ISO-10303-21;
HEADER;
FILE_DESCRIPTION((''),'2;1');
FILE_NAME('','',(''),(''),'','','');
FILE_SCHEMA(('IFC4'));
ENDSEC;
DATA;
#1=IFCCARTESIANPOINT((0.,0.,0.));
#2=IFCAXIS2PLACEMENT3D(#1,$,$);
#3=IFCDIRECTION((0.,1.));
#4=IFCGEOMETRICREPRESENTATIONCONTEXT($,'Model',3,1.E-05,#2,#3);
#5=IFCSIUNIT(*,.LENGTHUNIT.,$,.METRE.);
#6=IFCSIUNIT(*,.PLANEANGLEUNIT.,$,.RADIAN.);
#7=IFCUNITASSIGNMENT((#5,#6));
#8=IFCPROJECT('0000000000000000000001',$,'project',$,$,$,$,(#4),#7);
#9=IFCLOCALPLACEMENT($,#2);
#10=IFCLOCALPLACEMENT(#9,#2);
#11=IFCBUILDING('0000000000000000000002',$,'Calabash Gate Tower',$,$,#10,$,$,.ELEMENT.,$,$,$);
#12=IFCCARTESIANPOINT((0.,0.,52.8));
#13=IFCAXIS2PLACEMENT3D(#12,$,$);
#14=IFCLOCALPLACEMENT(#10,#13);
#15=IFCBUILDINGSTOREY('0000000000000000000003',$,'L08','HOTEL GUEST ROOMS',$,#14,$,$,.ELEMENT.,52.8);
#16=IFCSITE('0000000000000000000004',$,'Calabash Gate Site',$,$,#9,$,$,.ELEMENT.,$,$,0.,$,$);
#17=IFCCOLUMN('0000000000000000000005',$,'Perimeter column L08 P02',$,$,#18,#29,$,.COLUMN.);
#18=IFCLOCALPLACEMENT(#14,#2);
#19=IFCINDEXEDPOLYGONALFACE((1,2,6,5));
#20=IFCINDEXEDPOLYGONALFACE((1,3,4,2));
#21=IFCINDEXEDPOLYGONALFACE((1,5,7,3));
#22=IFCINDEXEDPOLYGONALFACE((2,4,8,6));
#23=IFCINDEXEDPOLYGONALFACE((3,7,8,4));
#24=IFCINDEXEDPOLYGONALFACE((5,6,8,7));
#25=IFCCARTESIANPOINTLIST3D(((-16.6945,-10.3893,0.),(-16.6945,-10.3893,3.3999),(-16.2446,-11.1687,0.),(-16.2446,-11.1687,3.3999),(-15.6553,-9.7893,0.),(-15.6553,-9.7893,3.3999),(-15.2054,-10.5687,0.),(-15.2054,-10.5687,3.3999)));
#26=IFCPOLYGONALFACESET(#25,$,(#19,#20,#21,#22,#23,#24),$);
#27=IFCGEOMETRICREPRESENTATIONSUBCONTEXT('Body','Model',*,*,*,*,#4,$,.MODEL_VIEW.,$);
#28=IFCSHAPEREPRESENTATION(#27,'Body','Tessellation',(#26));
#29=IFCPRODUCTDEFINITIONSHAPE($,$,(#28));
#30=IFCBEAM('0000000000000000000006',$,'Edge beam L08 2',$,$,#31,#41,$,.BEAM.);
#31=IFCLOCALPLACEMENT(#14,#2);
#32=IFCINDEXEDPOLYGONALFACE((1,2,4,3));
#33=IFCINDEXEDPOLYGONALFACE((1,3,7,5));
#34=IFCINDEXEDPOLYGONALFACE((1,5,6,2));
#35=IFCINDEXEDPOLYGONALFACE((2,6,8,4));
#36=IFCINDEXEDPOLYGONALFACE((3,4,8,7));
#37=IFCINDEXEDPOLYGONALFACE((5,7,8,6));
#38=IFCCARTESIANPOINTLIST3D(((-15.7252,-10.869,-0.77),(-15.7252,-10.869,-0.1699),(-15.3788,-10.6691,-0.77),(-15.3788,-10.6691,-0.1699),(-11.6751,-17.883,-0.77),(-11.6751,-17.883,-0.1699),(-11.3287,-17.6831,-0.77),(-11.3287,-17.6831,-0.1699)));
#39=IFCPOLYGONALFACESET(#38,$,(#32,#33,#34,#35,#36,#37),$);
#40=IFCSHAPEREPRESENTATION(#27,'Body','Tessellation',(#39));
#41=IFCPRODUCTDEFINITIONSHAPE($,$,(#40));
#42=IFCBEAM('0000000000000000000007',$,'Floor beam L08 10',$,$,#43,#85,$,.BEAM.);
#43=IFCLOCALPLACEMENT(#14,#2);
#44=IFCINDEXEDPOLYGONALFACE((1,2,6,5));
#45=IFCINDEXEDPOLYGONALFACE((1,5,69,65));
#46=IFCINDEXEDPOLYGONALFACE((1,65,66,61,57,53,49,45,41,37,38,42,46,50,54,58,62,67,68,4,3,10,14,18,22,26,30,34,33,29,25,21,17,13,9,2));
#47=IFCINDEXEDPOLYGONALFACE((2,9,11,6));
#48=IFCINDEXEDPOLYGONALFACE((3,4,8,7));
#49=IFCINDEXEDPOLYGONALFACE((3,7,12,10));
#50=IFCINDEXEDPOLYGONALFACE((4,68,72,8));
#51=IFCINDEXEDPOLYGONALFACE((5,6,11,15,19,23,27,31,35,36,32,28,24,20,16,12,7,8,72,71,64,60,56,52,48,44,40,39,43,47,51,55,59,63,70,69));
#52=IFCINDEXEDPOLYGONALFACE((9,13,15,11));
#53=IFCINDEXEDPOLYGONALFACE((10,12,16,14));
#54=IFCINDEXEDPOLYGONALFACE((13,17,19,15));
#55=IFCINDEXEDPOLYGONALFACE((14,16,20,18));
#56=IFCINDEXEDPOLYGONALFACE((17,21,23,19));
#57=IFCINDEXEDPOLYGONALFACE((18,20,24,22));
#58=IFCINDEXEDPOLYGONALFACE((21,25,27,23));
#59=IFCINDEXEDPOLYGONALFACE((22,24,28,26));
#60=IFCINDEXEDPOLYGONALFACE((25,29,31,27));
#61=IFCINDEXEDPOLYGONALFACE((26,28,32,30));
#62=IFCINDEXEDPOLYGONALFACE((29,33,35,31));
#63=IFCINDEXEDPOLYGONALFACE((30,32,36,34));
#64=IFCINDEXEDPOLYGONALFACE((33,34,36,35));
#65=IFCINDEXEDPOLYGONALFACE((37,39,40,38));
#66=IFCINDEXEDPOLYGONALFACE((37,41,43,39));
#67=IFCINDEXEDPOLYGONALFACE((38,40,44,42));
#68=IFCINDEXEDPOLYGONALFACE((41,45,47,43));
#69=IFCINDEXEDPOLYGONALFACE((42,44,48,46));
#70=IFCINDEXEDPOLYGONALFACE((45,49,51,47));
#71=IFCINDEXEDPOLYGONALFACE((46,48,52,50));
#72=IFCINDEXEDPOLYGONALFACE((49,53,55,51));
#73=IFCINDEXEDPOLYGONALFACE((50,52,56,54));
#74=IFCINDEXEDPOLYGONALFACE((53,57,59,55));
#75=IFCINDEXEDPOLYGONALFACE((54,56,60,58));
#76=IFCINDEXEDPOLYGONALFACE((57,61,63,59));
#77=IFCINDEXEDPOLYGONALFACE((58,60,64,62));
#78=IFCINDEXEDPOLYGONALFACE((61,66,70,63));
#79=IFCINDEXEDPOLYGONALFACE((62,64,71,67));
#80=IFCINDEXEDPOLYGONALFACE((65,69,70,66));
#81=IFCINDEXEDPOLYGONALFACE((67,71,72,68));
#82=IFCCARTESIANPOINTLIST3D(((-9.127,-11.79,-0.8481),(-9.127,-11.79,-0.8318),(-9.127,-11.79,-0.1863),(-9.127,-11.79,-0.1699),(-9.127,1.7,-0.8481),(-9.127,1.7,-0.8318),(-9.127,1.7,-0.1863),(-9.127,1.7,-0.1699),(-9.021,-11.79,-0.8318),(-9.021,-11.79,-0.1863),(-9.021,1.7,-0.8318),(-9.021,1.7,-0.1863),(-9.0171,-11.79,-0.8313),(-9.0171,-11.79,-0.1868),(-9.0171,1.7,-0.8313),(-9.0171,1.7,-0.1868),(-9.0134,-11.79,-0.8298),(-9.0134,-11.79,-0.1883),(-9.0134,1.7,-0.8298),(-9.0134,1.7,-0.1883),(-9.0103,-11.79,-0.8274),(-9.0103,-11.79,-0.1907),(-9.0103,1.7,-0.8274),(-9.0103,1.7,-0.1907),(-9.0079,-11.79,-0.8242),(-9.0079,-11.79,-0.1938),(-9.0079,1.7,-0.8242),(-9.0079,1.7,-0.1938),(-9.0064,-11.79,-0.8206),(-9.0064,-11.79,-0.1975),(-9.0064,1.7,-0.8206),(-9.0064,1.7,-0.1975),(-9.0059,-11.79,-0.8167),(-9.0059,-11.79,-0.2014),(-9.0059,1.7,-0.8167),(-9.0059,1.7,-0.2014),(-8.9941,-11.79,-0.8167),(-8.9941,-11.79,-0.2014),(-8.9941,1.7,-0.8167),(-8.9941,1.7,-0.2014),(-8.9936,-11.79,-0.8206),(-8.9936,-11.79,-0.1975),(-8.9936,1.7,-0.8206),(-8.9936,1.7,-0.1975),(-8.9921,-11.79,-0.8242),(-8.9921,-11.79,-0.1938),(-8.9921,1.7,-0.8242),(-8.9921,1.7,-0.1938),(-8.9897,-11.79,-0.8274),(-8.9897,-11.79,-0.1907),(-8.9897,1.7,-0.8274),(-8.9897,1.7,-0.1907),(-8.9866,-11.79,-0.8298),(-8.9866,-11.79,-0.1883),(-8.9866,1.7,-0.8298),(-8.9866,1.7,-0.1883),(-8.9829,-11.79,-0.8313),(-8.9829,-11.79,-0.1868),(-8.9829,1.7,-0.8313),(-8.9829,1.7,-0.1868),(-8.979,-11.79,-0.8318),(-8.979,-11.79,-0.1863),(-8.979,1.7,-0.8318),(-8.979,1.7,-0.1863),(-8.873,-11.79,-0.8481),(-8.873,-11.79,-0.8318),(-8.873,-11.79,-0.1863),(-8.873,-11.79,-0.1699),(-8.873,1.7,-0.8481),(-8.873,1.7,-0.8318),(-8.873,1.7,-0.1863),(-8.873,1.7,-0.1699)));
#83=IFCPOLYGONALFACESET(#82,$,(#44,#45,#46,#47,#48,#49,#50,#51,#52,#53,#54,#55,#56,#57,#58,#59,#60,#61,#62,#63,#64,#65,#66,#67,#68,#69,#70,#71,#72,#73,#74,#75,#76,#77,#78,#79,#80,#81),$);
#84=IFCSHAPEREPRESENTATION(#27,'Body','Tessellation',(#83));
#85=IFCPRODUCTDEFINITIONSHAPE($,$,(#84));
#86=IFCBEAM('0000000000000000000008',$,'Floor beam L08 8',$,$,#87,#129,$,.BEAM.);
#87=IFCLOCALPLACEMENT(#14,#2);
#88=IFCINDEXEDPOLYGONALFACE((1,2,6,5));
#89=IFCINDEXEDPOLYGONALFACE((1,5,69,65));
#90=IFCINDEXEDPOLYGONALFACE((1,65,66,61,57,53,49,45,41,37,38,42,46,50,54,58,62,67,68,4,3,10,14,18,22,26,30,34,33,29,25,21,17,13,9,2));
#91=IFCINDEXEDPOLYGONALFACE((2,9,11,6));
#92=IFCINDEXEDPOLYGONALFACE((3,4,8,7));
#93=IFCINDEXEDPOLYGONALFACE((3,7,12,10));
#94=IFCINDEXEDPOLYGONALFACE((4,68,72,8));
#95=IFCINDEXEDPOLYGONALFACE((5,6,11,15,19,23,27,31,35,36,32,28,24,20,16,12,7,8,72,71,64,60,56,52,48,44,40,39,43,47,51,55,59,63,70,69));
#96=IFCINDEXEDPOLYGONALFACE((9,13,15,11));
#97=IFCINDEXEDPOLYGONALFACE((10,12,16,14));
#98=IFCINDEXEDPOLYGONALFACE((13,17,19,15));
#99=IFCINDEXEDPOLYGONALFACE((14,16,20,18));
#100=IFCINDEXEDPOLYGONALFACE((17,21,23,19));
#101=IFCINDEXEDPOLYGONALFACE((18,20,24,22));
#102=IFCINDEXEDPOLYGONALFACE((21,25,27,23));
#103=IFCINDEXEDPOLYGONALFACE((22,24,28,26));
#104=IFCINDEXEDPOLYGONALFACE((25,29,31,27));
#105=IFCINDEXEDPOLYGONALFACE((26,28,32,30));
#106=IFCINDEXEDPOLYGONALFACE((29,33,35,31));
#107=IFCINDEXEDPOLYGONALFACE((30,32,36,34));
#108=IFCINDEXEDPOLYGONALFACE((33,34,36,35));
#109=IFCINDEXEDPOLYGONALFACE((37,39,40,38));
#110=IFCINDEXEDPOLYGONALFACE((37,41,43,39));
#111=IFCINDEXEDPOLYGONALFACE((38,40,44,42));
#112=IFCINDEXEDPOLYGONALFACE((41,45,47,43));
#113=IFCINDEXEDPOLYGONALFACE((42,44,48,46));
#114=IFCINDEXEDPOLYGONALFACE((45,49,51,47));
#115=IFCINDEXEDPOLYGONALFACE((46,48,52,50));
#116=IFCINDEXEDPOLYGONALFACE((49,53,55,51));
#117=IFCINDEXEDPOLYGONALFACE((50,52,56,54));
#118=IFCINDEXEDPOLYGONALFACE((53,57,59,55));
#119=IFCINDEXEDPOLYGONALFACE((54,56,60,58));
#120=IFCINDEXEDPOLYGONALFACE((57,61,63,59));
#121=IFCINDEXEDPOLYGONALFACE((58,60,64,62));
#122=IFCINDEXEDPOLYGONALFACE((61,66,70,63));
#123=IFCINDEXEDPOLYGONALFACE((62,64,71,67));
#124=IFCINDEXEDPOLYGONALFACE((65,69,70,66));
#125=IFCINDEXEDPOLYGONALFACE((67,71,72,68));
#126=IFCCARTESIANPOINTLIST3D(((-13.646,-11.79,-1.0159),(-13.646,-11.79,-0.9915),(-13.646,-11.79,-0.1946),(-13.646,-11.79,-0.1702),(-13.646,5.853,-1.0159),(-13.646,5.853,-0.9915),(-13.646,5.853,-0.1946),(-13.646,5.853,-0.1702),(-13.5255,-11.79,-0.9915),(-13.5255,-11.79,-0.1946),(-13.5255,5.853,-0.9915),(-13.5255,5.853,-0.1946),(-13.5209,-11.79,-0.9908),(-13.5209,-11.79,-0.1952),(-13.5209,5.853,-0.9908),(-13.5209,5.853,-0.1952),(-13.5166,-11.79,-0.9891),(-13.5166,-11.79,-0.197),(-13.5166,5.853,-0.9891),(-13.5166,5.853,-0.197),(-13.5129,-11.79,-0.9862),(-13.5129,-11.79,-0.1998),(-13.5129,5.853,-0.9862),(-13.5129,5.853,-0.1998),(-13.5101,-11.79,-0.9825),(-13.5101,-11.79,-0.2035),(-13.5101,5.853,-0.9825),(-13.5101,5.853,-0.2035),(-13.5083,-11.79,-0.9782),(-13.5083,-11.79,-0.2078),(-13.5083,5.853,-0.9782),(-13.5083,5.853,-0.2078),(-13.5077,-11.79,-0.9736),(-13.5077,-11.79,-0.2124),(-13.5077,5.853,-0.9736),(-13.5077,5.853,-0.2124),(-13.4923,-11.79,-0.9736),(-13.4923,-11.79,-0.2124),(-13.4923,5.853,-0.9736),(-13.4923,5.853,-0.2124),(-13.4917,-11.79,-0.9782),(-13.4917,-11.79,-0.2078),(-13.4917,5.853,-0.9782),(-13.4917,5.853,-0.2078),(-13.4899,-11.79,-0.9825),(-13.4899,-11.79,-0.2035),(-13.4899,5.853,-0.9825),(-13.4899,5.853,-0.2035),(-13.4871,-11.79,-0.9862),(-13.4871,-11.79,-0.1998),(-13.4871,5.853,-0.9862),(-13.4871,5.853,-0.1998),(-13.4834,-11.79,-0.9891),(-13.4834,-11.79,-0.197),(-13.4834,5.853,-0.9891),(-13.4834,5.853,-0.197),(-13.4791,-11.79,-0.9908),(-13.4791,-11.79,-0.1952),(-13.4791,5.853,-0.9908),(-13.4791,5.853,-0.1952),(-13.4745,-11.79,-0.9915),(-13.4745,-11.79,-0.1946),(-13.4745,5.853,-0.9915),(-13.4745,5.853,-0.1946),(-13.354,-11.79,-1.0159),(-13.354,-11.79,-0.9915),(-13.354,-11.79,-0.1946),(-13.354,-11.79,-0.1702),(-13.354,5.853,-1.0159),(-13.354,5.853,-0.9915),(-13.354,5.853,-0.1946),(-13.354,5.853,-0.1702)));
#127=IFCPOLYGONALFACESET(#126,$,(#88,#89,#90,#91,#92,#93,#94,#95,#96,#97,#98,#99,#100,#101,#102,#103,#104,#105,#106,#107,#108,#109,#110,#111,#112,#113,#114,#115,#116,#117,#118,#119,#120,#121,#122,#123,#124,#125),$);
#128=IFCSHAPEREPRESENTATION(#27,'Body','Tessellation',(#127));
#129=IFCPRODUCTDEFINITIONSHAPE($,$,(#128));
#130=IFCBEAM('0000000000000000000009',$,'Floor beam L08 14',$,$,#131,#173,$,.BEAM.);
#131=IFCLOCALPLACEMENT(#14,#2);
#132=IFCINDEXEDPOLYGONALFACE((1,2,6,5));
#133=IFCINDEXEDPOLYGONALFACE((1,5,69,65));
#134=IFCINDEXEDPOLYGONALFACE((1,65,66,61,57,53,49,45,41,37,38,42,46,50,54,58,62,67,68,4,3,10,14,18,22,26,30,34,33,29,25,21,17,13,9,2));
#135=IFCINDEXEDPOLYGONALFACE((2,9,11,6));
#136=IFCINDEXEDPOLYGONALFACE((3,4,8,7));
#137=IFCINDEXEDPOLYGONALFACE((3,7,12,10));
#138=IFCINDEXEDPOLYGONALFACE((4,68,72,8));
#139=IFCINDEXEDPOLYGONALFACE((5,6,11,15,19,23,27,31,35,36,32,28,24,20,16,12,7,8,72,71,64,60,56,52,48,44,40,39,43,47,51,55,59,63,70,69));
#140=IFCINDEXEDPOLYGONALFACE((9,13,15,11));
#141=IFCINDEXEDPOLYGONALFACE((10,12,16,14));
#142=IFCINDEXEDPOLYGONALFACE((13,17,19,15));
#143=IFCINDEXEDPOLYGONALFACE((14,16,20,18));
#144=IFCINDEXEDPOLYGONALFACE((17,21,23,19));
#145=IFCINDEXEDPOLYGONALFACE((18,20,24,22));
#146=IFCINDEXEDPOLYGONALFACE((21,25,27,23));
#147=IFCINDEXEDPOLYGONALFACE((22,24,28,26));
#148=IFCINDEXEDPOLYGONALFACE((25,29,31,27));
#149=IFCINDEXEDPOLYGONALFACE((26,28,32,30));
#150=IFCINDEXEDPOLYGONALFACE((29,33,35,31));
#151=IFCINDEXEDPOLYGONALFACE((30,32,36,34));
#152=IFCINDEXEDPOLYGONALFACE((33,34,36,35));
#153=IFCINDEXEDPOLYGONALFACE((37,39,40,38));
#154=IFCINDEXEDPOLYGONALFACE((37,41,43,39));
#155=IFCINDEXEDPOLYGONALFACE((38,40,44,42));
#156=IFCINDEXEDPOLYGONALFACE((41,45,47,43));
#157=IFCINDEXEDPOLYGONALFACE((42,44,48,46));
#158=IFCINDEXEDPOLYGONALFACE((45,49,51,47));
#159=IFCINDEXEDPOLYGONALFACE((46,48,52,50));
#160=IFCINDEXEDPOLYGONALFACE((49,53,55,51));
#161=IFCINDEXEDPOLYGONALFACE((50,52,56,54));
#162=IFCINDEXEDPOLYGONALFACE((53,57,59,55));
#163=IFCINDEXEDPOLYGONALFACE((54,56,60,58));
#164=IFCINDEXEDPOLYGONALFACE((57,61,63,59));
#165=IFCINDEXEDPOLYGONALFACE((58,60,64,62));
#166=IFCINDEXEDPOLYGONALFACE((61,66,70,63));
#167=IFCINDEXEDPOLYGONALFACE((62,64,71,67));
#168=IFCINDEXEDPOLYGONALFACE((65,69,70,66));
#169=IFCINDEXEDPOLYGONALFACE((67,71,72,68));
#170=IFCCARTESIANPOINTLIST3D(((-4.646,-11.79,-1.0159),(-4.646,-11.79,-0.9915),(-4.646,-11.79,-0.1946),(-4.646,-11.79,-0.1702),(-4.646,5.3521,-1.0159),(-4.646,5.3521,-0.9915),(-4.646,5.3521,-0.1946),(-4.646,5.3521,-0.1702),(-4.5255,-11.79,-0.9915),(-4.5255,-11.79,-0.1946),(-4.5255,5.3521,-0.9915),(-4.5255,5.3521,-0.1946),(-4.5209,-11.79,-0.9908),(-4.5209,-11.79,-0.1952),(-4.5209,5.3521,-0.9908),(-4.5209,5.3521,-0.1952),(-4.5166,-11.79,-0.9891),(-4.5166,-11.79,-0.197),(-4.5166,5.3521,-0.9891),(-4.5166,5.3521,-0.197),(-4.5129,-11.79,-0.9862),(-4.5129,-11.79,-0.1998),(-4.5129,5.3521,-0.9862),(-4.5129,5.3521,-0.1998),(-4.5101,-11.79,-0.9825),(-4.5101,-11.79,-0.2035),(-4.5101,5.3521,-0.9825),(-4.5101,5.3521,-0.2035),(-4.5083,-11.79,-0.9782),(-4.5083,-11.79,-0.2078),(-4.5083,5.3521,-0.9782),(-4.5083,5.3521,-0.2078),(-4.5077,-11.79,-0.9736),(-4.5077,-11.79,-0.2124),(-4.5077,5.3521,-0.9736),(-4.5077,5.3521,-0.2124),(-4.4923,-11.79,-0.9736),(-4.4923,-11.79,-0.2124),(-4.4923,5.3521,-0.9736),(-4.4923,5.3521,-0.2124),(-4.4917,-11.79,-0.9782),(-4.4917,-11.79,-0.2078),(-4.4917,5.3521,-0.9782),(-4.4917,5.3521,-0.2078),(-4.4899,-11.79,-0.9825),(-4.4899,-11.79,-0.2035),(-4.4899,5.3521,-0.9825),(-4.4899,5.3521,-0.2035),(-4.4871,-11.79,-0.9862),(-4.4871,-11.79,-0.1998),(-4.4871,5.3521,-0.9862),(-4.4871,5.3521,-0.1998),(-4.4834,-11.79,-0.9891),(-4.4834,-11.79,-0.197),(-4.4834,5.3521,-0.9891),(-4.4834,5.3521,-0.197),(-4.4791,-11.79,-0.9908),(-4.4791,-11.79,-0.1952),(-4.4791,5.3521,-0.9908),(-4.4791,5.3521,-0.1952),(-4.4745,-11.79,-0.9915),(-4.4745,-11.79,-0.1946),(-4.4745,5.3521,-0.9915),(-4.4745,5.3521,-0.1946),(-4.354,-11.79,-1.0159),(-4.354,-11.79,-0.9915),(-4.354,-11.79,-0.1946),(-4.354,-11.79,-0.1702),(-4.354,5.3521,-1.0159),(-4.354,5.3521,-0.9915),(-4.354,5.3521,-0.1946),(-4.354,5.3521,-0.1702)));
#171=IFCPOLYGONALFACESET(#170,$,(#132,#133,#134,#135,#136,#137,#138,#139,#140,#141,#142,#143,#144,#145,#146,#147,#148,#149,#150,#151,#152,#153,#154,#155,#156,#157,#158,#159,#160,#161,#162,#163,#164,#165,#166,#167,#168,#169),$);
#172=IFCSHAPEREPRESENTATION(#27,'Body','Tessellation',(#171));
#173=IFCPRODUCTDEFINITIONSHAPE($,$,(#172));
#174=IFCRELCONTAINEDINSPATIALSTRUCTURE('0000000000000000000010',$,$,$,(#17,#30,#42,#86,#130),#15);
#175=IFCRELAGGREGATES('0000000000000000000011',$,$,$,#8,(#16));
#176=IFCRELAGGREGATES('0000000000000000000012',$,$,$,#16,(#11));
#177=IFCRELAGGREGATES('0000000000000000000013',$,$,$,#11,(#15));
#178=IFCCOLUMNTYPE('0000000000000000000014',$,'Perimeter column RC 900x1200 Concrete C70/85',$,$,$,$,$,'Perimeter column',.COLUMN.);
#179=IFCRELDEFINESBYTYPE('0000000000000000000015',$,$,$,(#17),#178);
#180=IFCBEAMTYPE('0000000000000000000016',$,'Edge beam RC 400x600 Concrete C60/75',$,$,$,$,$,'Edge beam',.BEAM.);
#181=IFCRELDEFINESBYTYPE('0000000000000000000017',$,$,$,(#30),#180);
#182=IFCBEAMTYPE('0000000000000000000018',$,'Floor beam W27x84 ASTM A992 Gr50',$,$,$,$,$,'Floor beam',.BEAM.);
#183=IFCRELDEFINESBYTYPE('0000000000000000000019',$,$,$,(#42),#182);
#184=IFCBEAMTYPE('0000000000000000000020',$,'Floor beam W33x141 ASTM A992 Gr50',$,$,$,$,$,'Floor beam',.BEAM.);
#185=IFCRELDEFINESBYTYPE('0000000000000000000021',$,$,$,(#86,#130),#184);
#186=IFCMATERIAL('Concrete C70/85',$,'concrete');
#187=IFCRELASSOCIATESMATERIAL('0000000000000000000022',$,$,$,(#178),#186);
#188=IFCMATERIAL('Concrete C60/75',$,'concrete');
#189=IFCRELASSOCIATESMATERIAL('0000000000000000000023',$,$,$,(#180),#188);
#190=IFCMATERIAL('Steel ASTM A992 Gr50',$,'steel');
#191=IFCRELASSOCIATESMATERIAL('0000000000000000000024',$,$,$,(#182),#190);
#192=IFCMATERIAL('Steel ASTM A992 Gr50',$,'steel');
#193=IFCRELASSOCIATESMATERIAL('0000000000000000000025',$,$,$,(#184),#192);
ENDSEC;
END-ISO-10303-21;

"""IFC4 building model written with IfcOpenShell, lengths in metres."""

from ifc_helpers import new_model, si_unit, direction, frame, origin, origin_2d, place, context, subcontext, project, spatial, rectangle, i_section, extrude, material, material_profile, profile_set, type_object, element, save


model = new_model("IFC4")

# Units and contexts
model_context = context("Model", 3, precision=1e-05, world=origin(), true_north=direction((0.0, 1.0)))
body_context = subcontext(model_context, "Body", "Model", "MODEL_VIEW")
ifc_project = project(units=[si_unit("LENGTHUNIT", "METRE"), si_unit("PLANEANGLEUNIT", "RADIAN")], contexts=[model_context])

# Site, building, storey
site_placement = place(None, origin())
site = spatial("IfcSite", under=ifc_project, at=site_placement, Name="Calabash Gate Site", CompositionType="ELEMENT", RefElevation=0.0)
building_placement = place(site_placement, origin())
building = spatial("IfcBuilding", under=site, at=building_placement, Name="Calabash Gate Tower", CompositionType="ELEMENT")
storey_placement = place(building_placement, frame((0.0, 0.0, 52.8)))
storey = spatial("IfcBuildingStorey", under=building, at=storey_placement, Name="L08", Description="HOTEL GUEST ROOMS", CompositionType="ELEMENT", Elevation=52.8)

# Column
ifc_material_1 = material(Name="Concrete C70/85", Category="concrete")
ifc_material_profile_1 = material_profile(ifc_material_1, rectangle(XDim=0.8999, YDim=1.2, at=origin_2d()))
ifc_profile_set_1 = profile_set([ifc_material_profile_1], Name="Concrete C70/85")
column_type = type_object("IfcColumnType", Name="Perimeter column RC 900x1200 Concrete C70/85", ElementType="Perimeter column", PredefinedType="COLUMN", material=ifc_profile_set_1)
column_placement = place(storey_placement, frame((-15.95, -10.479, 0.0), z_axis=(0.0, 0.0, 1.0), x_axis=(0.5, -0.866025, 0.0)))
element("IfcColumn", 1, at=column_placement, inside=storey, type_object=column_type, Name="Perimeter column L08 P02", PredefinedType="COLUMN", context=body_context, shape_type="SweptSolid", body=[
    extrude(rectangle(XDim=0.8999, YDim=1.2, at=origin_2d()), origin(), (0.0, 0.0, 1.0), 3.3999),
])

# Beams
ifc_material_2 = material(Name="Concrete C60/75", Category="concrete")
ifc_material_profile_2 = material_profile(ifc_material_2, rectangle(XDim=0.3999, YDim=0.6001, at=origin_2d()))
ifc_profile_set_2 = profile_set([ifc_material_profile_2], Name="Concrete C60/75")
beam_type_1 = type_object("IfcBeamType", Name="Edge beam RC 400x600 Concrete C60/75", ElementType="Edge beam", PredefinedType="BEAM", material=ifc_profile_set_2)
beam_1_placement = place(storey_placement, frame((-15.552, -10.769, -0.47), z_axis=(0.500052, -0.865995, 0.0), x_axis=(0.865995, 0.500052, 0.0)))
element("IfcBeam", 2, at=beam_1_placement, inside=storey, type_object=beam_type_1, Name="Edge beam L08 2", PredefinedType="BEAM", context=body_context, shape_type="SweptSolid", body=[
    extrude(rectangle(XDim=0.3999, YDim=0.6001, at=origin_2d()), origin(), (0.0, 0.0, 1.0), 8.0994),
])
ifc_material_3 = material(Name="Steel ASTM A992 Gr50", Category="steel")
ifc_material_profile_3 = material_profile(ifc_material_3, i_section(OverallWidth=0.2539, OverallDepth=0.6782, WebThickness=0.0117, FlangeThickness=0.0164, FilletRadius=0.0151, at=origin_2d()))
ifc_profile_set_3 = profile_set([ifc_material_profile_3], Name="Steel ASTM A992 Gr50")
beam_type_2 = type_object("IfcBeamType", Name="Floor beam W27x84 ASTM A992 Gr50", ElementType="Floor beam", PredefinedType="BEAM", material=ifc_profile_set_3)
beam_2_placement = place(storey_placement, frame((-9.0, -11.79, -0.509), z_axis=(0.0, 1.0, 0.0), x_axis=(-1.0, 0.0, 0.0)))
element("IfcBeam", 3, at=beam_2_placement, inside=storey, type_object=beam_type_2, Name="Floor beam L08 10", PredefinedType="BEAM", context=body_context, shape_type="SweptSolid", body=[
    extrude(i_section(OverallWidth=0.2539, OverallDepth=0.6782, WebThickness=0.0117, FlangeThickness=0.0164, FilletRadius=0.0151, at=origin_2d()), origin(), (0.0, 0.0, 1.0), 13.49),
])
ifc_material_4 = material(Name="Steel ASTM A992 Gr50", Category="steel")
ifc_material_profile_4 = material_profile(ifc_material_4, i_section(OverallWidth=0.292, OverallDepth=0.8457, WebThickness=0.0154, FlangeThickness=0.0244, FilletRadius=0.0178, at=origin_2d()))
ifc_profile_set_4 = profile_set([ifc_material_profile_4], Name="Steel ASTM A992 Gr50")
beam_type_3 = type_object("IfcBeamType", Name="Floor beam W33x141 ASTM A992 Gr50", ElementType="Floor beam", PredefinedType="BEAM", material=ifc_profile_set_4)
beam_3_placement = place(storey_placement, frame((-13.5, -11.79, -0.593), z_axis=(0.0, 1.0, 0.0), x_axis=(-1.0, 0.0, 0.0)))
element("IfcBeam", 4, at=beam_3_placement, inside=storey, type_object=beam_type_3, Name="Floor beam L08 8", PredefinedType="BEAM", context=body_context, shape_type="SweptSolid", body=[
    extrude(i_section(OverallWidth=0.292, OverallDepth=0.8457, WebThickness=0.0154, FlangeThickness=0.0244, FilletRadius=0.0178, at=origin_2d()), origin(), (0.0, 0.0, 1.0), 17.6431),
])
beam_4_placement = place(storey_placement, frame((-4.5, -11.79, -0.593), z_axis=(0.0, 1.0, 0.0), x_axis=(-1.0, 0.0, 0.0)))
element("IfcBeam", 5, at=beam_4_placement, inside=storey, type_object=beam_type_3, Name="Floor beam L08 14", PredefinedType="BEAM", context=body_context, shape_type="SweptSolid", body=[
    extrude(i_section(OverallWidth=0.292, OverallDepth=0.8457, WebThickness=0.0154, FlangeThickness=0.0244, FilletRadius=0.0178, at=origin_2d()), origin(), (0.0, 0.0, 1.0), 17.1421),
])

save(model, "model.ifc")
